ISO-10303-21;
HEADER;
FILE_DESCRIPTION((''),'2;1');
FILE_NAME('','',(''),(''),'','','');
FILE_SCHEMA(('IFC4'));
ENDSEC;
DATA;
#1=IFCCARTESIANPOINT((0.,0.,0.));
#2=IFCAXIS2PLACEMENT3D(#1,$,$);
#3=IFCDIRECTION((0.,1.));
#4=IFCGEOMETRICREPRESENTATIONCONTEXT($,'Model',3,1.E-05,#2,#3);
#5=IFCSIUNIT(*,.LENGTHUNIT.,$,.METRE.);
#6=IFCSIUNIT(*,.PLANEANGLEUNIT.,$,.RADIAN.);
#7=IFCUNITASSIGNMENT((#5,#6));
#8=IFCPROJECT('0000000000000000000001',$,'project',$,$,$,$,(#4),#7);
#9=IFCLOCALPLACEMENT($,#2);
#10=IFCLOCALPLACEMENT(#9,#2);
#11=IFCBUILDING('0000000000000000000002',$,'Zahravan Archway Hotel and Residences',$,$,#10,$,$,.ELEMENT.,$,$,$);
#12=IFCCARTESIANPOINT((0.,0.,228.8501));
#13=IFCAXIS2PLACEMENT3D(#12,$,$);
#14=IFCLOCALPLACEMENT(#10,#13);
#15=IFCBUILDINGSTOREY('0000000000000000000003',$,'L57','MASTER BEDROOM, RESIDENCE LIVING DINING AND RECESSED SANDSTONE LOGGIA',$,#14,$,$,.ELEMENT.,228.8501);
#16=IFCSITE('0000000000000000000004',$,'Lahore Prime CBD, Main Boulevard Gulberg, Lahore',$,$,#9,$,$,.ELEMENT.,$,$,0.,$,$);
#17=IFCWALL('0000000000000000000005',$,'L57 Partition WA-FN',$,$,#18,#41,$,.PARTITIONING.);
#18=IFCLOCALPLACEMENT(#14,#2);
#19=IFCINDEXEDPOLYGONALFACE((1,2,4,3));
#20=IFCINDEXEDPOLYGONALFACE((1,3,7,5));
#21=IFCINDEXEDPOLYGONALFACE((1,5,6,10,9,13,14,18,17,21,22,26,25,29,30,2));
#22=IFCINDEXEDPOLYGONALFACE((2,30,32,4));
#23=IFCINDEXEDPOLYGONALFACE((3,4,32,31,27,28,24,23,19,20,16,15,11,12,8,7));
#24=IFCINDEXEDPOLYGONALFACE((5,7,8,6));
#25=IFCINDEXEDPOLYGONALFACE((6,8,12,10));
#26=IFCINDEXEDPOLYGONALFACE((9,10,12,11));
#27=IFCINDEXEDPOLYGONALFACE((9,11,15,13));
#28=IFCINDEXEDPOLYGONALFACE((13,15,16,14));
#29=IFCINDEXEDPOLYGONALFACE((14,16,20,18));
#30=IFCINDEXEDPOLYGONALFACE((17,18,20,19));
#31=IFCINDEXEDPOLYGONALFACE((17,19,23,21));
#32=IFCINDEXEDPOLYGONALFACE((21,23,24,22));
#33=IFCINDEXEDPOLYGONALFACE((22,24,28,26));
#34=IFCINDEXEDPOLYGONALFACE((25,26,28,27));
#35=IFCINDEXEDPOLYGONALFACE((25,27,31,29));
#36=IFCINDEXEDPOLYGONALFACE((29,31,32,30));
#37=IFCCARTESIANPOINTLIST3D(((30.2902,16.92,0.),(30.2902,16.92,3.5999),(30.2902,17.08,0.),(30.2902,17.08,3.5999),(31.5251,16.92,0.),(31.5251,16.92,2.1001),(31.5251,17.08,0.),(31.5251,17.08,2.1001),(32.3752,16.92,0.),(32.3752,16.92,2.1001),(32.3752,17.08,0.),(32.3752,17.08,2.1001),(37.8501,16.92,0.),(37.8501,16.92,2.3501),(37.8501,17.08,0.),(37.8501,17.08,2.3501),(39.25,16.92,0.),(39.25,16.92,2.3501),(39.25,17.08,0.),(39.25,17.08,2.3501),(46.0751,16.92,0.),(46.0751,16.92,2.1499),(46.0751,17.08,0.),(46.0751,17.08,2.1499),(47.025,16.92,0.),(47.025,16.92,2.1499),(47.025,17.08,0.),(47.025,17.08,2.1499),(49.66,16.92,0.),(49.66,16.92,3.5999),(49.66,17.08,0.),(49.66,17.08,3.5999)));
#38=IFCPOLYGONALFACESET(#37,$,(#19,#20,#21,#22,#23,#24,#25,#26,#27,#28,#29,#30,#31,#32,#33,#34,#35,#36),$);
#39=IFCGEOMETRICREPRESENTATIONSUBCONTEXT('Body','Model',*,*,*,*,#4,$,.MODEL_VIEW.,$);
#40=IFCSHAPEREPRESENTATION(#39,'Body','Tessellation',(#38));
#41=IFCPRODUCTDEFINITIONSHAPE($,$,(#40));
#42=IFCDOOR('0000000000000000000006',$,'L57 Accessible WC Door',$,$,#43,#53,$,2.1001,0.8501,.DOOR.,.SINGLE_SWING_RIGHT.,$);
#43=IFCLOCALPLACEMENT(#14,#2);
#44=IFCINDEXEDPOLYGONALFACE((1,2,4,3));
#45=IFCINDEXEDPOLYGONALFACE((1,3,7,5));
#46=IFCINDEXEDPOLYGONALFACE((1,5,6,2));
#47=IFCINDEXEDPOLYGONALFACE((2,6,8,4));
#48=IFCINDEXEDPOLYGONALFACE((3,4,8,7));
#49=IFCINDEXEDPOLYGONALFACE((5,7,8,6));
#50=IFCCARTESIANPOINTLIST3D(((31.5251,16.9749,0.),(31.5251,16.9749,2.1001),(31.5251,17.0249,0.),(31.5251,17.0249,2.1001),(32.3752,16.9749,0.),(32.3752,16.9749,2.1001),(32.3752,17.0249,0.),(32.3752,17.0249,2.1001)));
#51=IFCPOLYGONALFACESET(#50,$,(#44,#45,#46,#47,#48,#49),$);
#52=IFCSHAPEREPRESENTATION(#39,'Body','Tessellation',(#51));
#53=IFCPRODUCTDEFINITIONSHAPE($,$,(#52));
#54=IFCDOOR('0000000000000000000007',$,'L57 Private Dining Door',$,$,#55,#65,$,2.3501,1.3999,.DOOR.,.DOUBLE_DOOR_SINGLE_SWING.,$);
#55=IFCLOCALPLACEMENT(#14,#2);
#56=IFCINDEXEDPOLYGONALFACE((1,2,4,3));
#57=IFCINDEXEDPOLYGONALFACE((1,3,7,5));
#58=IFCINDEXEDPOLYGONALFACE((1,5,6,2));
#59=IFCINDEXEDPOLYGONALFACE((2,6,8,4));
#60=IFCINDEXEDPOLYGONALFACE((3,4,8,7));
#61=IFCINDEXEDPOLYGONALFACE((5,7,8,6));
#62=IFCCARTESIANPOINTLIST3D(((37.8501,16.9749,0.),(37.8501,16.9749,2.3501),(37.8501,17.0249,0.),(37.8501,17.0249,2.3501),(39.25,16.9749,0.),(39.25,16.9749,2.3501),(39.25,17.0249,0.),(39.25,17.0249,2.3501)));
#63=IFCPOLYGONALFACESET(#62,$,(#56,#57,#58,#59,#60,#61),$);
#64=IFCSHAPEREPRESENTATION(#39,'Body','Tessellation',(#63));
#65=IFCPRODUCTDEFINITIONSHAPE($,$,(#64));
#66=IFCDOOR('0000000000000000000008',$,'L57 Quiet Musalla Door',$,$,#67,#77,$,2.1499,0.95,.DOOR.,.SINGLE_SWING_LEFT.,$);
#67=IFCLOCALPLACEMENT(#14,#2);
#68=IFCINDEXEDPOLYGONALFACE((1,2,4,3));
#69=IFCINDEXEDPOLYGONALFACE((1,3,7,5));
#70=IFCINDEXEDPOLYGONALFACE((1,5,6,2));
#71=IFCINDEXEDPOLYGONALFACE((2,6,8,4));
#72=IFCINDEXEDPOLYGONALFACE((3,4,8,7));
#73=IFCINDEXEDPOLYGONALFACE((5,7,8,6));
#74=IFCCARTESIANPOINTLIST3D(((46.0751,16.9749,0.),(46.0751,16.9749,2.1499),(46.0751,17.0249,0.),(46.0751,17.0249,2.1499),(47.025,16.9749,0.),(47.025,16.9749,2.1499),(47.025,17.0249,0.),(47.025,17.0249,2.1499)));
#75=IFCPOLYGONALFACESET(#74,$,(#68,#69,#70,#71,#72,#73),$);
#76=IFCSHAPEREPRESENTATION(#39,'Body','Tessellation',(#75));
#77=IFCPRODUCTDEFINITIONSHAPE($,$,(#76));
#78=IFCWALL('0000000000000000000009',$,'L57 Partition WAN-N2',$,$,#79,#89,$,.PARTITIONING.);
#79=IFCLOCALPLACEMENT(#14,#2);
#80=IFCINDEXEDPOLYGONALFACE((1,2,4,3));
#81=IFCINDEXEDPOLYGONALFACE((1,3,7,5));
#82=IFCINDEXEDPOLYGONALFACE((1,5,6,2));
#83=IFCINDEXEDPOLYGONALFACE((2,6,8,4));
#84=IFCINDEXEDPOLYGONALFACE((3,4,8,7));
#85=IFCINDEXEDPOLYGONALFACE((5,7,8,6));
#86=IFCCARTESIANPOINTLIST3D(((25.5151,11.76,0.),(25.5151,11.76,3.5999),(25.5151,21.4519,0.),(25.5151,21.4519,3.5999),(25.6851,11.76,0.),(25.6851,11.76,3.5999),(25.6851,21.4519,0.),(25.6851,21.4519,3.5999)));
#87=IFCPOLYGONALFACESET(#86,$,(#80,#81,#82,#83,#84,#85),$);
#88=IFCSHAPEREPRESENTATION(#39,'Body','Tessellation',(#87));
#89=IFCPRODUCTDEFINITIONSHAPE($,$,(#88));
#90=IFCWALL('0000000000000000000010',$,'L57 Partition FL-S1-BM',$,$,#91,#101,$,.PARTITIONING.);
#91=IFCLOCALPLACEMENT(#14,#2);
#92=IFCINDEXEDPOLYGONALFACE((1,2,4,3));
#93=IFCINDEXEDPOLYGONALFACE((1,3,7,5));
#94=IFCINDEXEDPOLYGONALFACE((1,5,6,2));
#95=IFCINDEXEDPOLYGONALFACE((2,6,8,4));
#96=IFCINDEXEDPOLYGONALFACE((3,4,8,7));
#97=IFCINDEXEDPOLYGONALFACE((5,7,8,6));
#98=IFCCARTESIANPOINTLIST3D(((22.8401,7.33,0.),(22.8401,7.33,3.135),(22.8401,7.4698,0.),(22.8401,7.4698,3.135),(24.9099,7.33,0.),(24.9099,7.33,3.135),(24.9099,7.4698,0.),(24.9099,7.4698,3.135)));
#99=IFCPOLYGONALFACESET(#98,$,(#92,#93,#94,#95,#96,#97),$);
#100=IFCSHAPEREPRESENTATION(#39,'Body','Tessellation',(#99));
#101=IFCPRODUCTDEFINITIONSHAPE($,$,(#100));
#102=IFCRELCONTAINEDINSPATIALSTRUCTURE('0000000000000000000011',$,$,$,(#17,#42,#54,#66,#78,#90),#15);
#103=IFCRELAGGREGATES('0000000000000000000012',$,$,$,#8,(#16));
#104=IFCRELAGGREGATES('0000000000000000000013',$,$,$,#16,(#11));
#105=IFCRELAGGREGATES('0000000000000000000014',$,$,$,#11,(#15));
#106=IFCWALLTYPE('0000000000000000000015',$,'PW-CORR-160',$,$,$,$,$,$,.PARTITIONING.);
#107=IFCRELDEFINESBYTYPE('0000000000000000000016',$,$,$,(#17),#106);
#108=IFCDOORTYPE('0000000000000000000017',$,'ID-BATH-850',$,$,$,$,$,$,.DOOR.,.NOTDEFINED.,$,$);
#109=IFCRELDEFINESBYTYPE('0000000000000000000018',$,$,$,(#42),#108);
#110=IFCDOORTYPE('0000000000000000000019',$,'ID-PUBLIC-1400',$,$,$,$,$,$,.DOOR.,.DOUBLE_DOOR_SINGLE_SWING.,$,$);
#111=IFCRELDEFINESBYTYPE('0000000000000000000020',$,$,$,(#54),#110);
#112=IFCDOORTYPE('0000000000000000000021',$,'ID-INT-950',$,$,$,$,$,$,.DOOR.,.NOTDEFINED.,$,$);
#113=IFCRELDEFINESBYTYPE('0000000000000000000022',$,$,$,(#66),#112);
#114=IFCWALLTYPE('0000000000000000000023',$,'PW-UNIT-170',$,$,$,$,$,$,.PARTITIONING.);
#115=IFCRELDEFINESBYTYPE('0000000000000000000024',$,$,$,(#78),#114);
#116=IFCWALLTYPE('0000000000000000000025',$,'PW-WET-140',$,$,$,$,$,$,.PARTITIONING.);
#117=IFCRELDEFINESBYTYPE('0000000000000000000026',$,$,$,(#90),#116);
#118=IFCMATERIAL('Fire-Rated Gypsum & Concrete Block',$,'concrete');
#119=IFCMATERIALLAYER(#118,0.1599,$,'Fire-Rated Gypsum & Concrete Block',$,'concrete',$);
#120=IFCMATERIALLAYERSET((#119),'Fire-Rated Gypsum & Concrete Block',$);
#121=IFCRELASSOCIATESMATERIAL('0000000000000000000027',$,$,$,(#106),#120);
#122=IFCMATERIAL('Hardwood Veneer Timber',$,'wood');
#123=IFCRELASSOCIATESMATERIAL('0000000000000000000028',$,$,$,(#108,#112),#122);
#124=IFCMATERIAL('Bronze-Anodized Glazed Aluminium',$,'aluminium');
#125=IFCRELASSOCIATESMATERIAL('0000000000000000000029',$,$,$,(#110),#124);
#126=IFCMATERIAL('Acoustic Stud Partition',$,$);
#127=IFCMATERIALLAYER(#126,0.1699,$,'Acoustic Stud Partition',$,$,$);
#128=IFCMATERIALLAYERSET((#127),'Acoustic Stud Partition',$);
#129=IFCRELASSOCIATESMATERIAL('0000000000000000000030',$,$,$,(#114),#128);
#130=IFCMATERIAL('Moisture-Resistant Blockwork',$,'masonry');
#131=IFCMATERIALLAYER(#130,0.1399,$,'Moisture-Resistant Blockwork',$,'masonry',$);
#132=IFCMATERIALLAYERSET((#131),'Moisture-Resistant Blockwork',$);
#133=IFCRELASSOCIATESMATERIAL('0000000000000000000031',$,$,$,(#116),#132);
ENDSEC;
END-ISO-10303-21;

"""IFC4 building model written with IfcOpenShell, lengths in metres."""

from ifc_helpers import new_model, si_unit, direction, frame, frame_2d, origin, place, context, subcontext, project, spatial, rectangle, extrude, source, transform, mapped, material, layer, layer_set, type_object, type_shapes, element, fill, save


model = new_model("IFC4")

# Units and contexts
model_context = context("Model", 3, precision=1e-05, world=origin(), true_north=direction((0.0, 1.0)))
body_context = subcontext(model_context, "Body", "Model", "MODEL_VIEW")
ifc_project = project(units=[si_unit("LENGTHUNIT", "METRE"), si_unit("PLANEANGLEUNIT", "RADIAN")], contexts=[model_context])

# Site, building, storey
site_placement = place(None, origin())
site = spatial("IfcSite", under=ifc_project, at=site_placement, Name="Lahore Prime CBD, Main Boulevard Gulberg, Lahore", CompositionType="ELEMENT", RefElevation=0.0)
building_placement = place(site_placement, origin())
building = spatial("IfcBuilding", under=site, at=building_placement, Name="Zahravan Archway Hotel and Residences", CompositionType="ELEMENT")
storey_placement = place(building_placement, frame((0.0, 0.0, 228.8501)))
storey = spatial("IfcBuildingStorey", under=building, at=storey_placement, Name="L57", Description="MASTER BEDROOM, RESIDENCE LIVING DINING AND RECESSED SANDSTONE LOGGIA", CompositionType="ELEMENT", Elevation=228.8501)

# Shared definitions
ifc_material_1 = material(Name="Fire-Rated Gypsum & Concrete Block", Category="concrete")
ifc_layer_1 = layer(ifc_material_1, 0.1599, Name="Fire-Rated Gypsum & Concrete Block", Category="concrete")
ifc_layer_set_1 = layer_set([ifc_layer_1], Name="Fire-Rated Gypsum & Concrete Block")
wall_type_1 = type_object("IfcWallType", Name="PW-CORR-160", PredefinedType="PARTITIONING", material=ifc_layer_set_1)

# Wall, openings, doors
wall_1_placement = place(storey_placement, frame((30.29, 17.0, 0.0), z_axis=(0.0, 0.0, 1.0), x_axis=(1.0, 0.0, 0.0)))
wall_1 = element("IfcWall", 1, at=wall_1_placement, inside=storey, type_object=wall_type_1, Name="L57 Partition WA-FN", PredefinedType="PARTITIONING", context=body_context, shape_type="SweptSolid", body=[
    extrude(rectangle(XDim=19.3699, YDim=0.1599, at=frame_2d((9.6851, 0.0))), origin(), (0.0, 0.0, 1.0), 3.5999),
])
opening_1_placement = place(wall_1_placement, frame((1.2351, 0.0, 0.0)))
opening_1 = element("IfcOpeningElement", 2, at=opening_1_placement, cuts=wall_1, PredefinedType="OPENING", context=body_context, shape_type="SweptSolid", body=[
    extrude(rectangle(XDim=0.8501, YDim=2.1001, at=frame_2d((0.425, 1.05))), frame((0.0, 0.0898, 0.0), z_axis=(0.0, -1.0, 0.0), x_axis=(1.0, 0.0, 0.0)), (0.0, 0.0, 1.0), 0.1799),
])
opening_2_placement = place(wall_1_placement, frame((7.5601, 0.0, 0.0)))
opening_2 = element("IfcOpeningElement", 3, at=opening_2_placement, cuts=wall_1, PredefinedType="OPENING", context=body_context, shape_type="SweptSolid", body=[
    extrude(rectangle(XDim=1.3999, YDim=2.3501, at=frame_2d((0.7, 1.175))), frame((0.0, 0.0898, 0.0), z_axis=(0.0, -1.0, 0.0), x_axis=(1.0, 0.0, 0.0)), (0.0, 0.0, 1.0), 0.1799),
])
opening_3_placement = place(wall_1_placement, frame((15.7849, 0.0, 0.0)))
opening_3 = element("IfcOpeningElement", 4, at=opening_3_placement, cuts=wall_1, PredefinedType="OPENING", context=body_context, shape_type="SweptSolid", body=[
    extrude(rectangle(XDim=0.95, YDim=2.1499, at=frame_2d((0.4751, 1.075))), frame((0.0, 0.0898, 0.0), z_axis=(0.0, -1.0, 0.0), x_axis=(1.0, 0.0, 0.0)), (0.0, 0.0, 1.0), 0.1799),
])
ifc_material_2 = material(Name="Hardwood Veneer Timber", Category="wood")
door_type_1 = type_object("IfcDoorType", Name="ID-BATH-850", OperationType="NOTDEFINED", PredefinedType="DOOR", material=ifc_material_2)
shared_shape_1 = source(origin(), body_context, "Body", "SweptSolid", [
    extrude(rectangle(XDim=0.8501, YDim=2.1001, at=frame_2d((0.425, 1.05))), frame((0.0, 0.0249, 0.0), z_axis=(0.0, -1.0, 0.0), x_axis=(1.0, 0.0, 0.0)), (0.0, 0.0, 1.0), 0.05),
])
type_shapes(door_type_1, [shared_shape_1])
door_1_placement = place(opening_1_placement, origin())
door_1 = element("IfcDoor", 5, at=door_1_placement, inside=storey, type_object=door_type_1, Name="L57 Accessible WC Door", OperationType="SINGLE_SWING_RIGHT", OverallHeight=2.1001, OverallWidth=0.8501, PredefinedType="DOOR", context=body_context, shape_type="MappedRepresentation", body=[
    mapped(shared_shape_1, transform((0.0, 0.0, 0.0), scale=1.0)),
])
fill(opening_1, door_1)
ifc_material_3 = material(Name="Bronze-Anodized Glazed Aluminium", Category="aluminium")
door_type_2 = type_object("IfcDoorType", Name="ID-PUBLIC-1400", OperationType="DOUBLE_DOOR_SINGLE_SWING", PredefinedType="DOOR", material=ifc_material_3)
shared_shape_2 = source(origin(), body_context, "Body", "SweptSolid", [
    extrude(rectangle(XDim=1.3999, YDim=2.3501, at=frame_2d((0.7, 1.175))), frame((0.0, 0.0249, 0.0), z_axis=(0.0, -1.0, 0.0), x_axis=(1.0, 0.0, 0.0)), (0.0, 0.0, 1.0), 0.05),
])
type_shapes(door_type_2, [shared_shape_2])
door_2_placement = place(opening_2_placement, origin())
door_2 = element("IfcDoor", 6, at=door_2_placement, inside=storey, type_object=door_type_2, Name="L57 Private Dining Door", OperationType="DOUBLE_DOOR_SINGLE_SWING", OverallHeight=2.3501, OverallWidth=1.3999, PredefinedType="DOOR", context=body_context, shape_type="MappedRepresentation", body=[
    mapped(shared_shape_2, transform((0.0, 0.0, 0.0), scale=1.0)),
])
fill(opening_2, door_2)
door_type_3 = type_object("IfcDoorType", Name="ID-INT-950", OperationType="NOTDEFINED", PredefinedType="DOOR", material=ifc_material_2)
shared_shape_3 = source(origin(), body_context, "Body", "SweptSolid", [
    extrude(rectangle(XDim=0.95, YDim=2.1499, at=frame_2d((0.4751, 1.075))), frame((0.0, 0.0249, 0.0), z_axis=(0.0, -1.0, 0.0), x_axis=(1.0, 0.0, 0.0)), (0.0, 0.0, 1.0), 0.05),
])
type_shapes(door_type_3, [shared_shape_3])
door_3_placement = place(opening_3_placement, origin())
door_3 = element("IfcDoor", 7, at=door_3_placement, inside=storey, type_object=door_type_3, Name="L57 Quiet Musalla Door", OperationType="SINGLE_SWING_LEFT", OverallHeight=2.1499, OverallWidth=0.95, PredefinedType="DOOR", context=body_context, shape_type="MappedRepresentation", body=[
    mapped(shared_shape_3, transform((0.0, 0.0, 0.0), scale=1.0)),
])
fill(opening_3, door_3)

# Shared definitions
ifc_material_4 = material(Name="Acoustic Stud Partition")

# Walls
ifc_layer_2 = layer(ifc_material_4, 0.1699, Name="Acoustic Stud Partition")
ifc_layer_set_2 = layer_set([ifc_layer_2], Name="Acoustic Stud Partition")
wall_type_2 = type_object("IfcWallType", Name="PW-UNIT-170", PredefinedType="PARTITIONING", material=ifc_layer_set_2)
wall_2_placement = place(storey_placement, frame((25.6001, 11.76, 0.0), z_axis=(0.0, 0.0, 1.0), x_axis=(0.0, 1.0, 0.0)))
element("IfcWall", 8, at=wall_2_placement, inside=storey, type_object=wall_type_2, Name="L57 Partition WAN-N2", PredefinedType="PARTITIONING", context=body_context, shape_type="SweptSolid", body=[
    extrude(rectangle(XDim=9.6919, YDim=0.1699, at=frame_2d((4.8459, 0.0))), origin(), (0.0, 0.0, 1.0), 3.5999),
])
ifc_material_5 = material(Name="Moisture-Resistant Blockwork", Category="masonry")
ifc_layer_3 = layer(ifc_material_5, 0.1399, Name="Moisture-Resistant Blockwork", Category="masonry")
ifc_layer_set_3 = layer_set([ifc_layer_3], Name="Moisture-Resistant Blockwork")
wall_type_3 = type_object("IfcWallType", Name="PW-WET-140", PredefinedType="PARTITIONING", material=ifc_layer_set_3)
wall_3_placement = place(storey_placement, frame((22.8401, 7.3999, 0.0), z_axis=(0.0, 0.0, 1.0), x_axis=(1.0, 0.0, 0.0)))
element("IfcWall", 9, at=wall_3_placement, inside=storey, type_object=wall_type_3, Name="L57 Partition FL-S1-BM", PredefinedType="PARTITIONING", context=body_context, shape_type="SweptSolid", body=[
    extrude(rectangle(XDim=2.0698, YDim=0.1399, at=frame_2d((1.0349, 0.0))), origin(), (0.0, 0.0, 1.0), 3.135),
])

save(model, "model.ifc")
